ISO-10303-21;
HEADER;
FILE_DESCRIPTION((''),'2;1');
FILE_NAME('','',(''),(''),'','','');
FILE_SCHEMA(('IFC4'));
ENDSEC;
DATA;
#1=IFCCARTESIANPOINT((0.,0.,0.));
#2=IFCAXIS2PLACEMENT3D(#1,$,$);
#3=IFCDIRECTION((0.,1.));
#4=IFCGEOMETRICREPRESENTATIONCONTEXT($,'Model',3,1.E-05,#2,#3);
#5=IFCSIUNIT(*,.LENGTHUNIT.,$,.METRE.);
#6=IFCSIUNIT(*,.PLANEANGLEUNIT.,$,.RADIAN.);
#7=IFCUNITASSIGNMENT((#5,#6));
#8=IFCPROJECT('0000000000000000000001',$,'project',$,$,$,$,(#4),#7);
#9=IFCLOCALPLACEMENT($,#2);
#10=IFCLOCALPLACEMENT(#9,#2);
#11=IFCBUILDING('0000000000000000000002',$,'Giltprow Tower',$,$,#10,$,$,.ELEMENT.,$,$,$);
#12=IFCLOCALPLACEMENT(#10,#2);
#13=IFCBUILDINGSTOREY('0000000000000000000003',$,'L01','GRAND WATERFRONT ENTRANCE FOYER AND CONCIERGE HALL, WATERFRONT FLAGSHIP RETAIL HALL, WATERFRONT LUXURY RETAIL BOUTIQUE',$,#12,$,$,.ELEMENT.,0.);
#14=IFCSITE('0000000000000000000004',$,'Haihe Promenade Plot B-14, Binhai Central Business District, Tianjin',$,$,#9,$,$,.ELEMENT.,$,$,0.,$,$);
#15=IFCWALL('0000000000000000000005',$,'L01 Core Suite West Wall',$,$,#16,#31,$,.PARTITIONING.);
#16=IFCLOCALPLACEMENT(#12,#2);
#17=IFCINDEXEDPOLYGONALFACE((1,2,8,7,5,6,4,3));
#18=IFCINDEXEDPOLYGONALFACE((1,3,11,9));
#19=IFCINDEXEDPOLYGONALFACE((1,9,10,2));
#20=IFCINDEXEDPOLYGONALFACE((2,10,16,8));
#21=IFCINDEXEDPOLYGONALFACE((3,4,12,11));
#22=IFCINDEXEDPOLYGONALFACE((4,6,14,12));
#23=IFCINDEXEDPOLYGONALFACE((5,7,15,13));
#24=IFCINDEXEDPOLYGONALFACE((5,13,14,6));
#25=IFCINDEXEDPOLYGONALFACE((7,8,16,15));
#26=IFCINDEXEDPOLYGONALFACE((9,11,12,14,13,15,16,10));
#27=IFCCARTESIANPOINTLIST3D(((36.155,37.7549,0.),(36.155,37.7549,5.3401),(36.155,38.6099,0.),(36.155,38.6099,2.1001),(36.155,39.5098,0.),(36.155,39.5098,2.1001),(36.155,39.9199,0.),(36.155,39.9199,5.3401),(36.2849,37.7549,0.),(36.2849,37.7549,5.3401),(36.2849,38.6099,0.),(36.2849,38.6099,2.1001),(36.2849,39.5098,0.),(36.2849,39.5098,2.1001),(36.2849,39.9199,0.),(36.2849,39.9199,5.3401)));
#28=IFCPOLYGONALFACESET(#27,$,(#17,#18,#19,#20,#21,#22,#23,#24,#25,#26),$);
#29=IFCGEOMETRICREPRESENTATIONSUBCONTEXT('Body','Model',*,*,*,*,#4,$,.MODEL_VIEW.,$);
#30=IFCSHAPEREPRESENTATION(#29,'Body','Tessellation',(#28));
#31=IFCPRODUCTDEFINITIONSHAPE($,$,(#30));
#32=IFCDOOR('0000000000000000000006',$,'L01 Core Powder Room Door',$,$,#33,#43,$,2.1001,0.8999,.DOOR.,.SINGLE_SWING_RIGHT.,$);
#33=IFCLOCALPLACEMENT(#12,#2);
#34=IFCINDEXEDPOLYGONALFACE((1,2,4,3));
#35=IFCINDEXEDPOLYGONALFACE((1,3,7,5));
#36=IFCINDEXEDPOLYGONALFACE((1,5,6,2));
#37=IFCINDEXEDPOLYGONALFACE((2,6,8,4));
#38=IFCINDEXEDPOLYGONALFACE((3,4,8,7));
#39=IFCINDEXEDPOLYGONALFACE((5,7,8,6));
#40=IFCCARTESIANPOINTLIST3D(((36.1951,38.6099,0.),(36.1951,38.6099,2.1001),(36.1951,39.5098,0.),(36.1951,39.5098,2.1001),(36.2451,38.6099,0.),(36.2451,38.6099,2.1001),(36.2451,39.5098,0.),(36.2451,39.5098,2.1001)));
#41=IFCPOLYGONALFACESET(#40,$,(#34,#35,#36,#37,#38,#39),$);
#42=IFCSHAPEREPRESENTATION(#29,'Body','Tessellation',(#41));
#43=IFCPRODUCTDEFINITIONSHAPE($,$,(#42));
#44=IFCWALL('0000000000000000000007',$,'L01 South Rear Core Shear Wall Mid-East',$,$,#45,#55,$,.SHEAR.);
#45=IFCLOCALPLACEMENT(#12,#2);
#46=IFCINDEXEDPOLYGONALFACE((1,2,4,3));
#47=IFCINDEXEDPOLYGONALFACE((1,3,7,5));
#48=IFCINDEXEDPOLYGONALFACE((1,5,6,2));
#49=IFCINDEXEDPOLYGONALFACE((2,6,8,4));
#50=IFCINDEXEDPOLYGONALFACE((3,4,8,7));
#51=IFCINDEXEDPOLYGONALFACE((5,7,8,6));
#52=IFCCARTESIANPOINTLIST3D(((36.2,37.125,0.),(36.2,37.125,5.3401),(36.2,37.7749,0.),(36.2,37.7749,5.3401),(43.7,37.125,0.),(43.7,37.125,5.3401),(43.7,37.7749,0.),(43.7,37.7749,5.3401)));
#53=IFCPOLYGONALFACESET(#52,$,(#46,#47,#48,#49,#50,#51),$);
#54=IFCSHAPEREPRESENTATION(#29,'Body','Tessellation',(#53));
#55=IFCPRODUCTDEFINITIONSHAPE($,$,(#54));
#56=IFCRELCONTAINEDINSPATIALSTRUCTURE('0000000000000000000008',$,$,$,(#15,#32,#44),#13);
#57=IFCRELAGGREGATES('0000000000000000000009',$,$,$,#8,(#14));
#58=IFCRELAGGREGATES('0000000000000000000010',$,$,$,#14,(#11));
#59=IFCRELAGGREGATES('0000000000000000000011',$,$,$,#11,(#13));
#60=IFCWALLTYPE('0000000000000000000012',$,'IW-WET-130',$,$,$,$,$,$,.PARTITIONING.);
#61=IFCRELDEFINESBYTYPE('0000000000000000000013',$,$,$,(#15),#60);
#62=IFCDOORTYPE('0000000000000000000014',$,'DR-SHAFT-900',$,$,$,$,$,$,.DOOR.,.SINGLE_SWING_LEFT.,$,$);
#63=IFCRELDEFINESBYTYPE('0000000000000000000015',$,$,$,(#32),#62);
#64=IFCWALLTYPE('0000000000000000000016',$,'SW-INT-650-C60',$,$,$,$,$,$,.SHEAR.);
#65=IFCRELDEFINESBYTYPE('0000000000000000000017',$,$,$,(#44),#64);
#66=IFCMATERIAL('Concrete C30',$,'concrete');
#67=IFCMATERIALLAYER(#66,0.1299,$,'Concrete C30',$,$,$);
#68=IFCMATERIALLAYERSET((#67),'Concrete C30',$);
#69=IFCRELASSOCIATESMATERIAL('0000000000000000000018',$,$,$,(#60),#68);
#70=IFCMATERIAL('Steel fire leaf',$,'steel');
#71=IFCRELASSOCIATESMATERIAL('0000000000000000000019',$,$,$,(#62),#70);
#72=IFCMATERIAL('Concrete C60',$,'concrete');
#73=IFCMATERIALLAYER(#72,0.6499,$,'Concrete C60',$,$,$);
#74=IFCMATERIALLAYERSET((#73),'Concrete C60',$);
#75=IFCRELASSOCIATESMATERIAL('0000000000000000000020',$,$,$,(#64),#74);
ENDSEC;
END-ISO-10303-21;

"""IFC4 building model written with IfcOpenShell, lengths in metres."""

from ifc_helpers import new_model, si_unit, direction, frame, frame_2d, origin, place, context, subcontext, project, spatial, rectangle, extrude, source, transform, mapped, material, layer, layer_set, type_object, element, fill, save


model = new_model("IFC4")

# Units and contexts
model_context = context("Model", 3, precision=1e-05, world=origin(), true_north=direction((0.0, 1.0)))
body_context = subcontext(model_context, "Body", "Model", "MODEL_VIEW")
ifc_project = project(units=[si_unit("LENGTHUNIT", "METRE"), si_unit("PLANEANGLEUNIT", "RADIAN")], contexts=[model_context])

# Site, building, storey
site_placement = place(None, origin())
site = spatial("IfcSite", under=ifc_project, at=site_placement, Name="Haihe Promenade Plot B-14, Binhai Central Business District, Tianjin", CompositionType="ELEMENT", RefElevation=0.0)
building_placement = place(site_placement, origin())
building = spatial("IfcBuilding", under=site, at=building_placement, Name="Giltprow Tower", CompositionType="ELEMENT")
storey_placement = place(building_placement, origin())
storey = spatial("IfcBuildingStorey", under=building, at=storey_placement, Name="L01", Description="GRAND WATERFRONT ENTRANCE FOYER AND CONCIERGE HALL, WATERFRONT FLAGSHIP RETAIL HALL, WATERFRONT LUXURY RETAIL BOUTIQUE", CompositionType="ELEMENT", Elevation=0.0)

# Shared definitions
ifc_material_1 = material(Name="Concrete C60", Category="concrete")

# Wall, opening, door
ifc_material_2 = material(Name="Concrete C30", Category="concrete")
ifc_layer_1 = layer(ifc_material_2, 0.1299, Name="Concrete C30")
ifc_layer_set_1 = layer_set([ifc_layer_1], Name="Concrete C30")
wall_type_1 = type_object("IfcWallType", Name="IW-WET-130", PredefinedType="PARTITIONING", material=ifc_layer_set_1)
wall_1_placement = place(storey_placement, frame((36.22, 37.7549, 0.0), z_axis=(0.0, 0.0, 1.0), x_axis=(0.0, 1.0, 0.0)))
wall_1 = element("IfcWall", 1, at=wall_1_placement, inside=storey, type_object=wall_type_1, Name="L01 Core Suite West Wall", PredefinedType="PARTITIONING", context=body_context, shape_type="SweptSolid", body=[
    extrude(rectangle(XDim=2.165, YDim=0.1299, at=frame_2d((1.0825, 0.0))), origin(), (0.0, 0.0, 1.0), 5.3401),
])
opening_1_placement = place(wall_1_placement, frame((0.855, 0.0, 0.0)))
opening_1 = element("IfcOpeningElement", 2, at=opening_1_placement, cuts=wall_1, PredefinedType="OPENING", context=body_context, shape_type="SweptSolid", body=[
    extrude(rectangle(XDim=0.8999, YDim=2.1001, at=frame_2d((0.45, 1.05))), frame((0.0, 0.075, 0.0), z_axis=(0.0, -1.0, 0.0), x_axis=(1.0, 0.0, 0.0)), (0.0, 0.0, 1.0), 0.1499),
])
ifc_material_3 = material(Name="Steel fire leaf", Category="steel")
door_type_1 = type_object("IfcDoorType", Name="DR-SHAFT-900", OperationType="SINGLE_SWING_LEFT", PredefinedType="DOOR", material=ifc_material_3)
shared_shape_1 = source(origin(), body_context, "Body", "SweptSolid", [
    extrude(rectangle(XDim=0.8999, YDim=2.1001, at=frame_2d((0.45, 1.05))), frame((0.0, 0.0249, 0.0), z_axis=(0.0, -1.0, 0.0), x_axis=(1.0, 0.0, 0.0)), (0.0, 0.0, 1.0), 0.05),
])
door_1_placement = place(opening_1_placement, origin())
door_1 = element("IfcDoor", 3, at=door_1_placement, inside=storey, type_object=door_type_1, Name="L01 Core Powder Room Door", OperationType="SINGLE_SWING_RIGHT", OverallHeight=2.1001, OverallWidth=0.8999, PredefinedType="DOOR", context=body_context, shape_type="MappedRepresentation", body=[
    mapped(shared_shape_1, transform((0.0, 0.0, 0.0), x_axis=(1.0, 0.0, 0.0), y_axis=(0.0, 1.0, 0.0), z_axis=(0.0, 0.0, 1.0), scale=1.0)),
])
fill(opening_1, door_1)

# Wall
ifc_layer_2 = layer(ifc_material_1, 0.6499, Name="Concrete C60")
ifc_layer_set_2 = layer_set([ifc_layer_2], Name="Concrete C60")
wall_type_2 = type_object("IfcWallType", Name="SW-INT-650-C60", PredefinedType="SHEAR", material=ifc_layer_set_2)
wall_2_placement = place(storey_placement, frame((36.2, 37.45, 0.0), z_axis=(0.0, 0.0, 1.0), x_axis=(1.0, 0.0, 0.0)))
element("IfcWall", 4, at=wall_2_placement, inside=storey, type_object=wall_type_2, Name="L01 South Rear Core Shear Wall Mid-East", PredefinedType="SHEAR", context=body_context, shape_type="SweptSolid", body=[
    extrude(rectangle(XDim=7.5, YDim=0.6499, at=frame_2d((3.75, 0.0))), origin(), (0.0, 0.0, 1.0), 5.3401),
])

save(model, "model.ifc")
